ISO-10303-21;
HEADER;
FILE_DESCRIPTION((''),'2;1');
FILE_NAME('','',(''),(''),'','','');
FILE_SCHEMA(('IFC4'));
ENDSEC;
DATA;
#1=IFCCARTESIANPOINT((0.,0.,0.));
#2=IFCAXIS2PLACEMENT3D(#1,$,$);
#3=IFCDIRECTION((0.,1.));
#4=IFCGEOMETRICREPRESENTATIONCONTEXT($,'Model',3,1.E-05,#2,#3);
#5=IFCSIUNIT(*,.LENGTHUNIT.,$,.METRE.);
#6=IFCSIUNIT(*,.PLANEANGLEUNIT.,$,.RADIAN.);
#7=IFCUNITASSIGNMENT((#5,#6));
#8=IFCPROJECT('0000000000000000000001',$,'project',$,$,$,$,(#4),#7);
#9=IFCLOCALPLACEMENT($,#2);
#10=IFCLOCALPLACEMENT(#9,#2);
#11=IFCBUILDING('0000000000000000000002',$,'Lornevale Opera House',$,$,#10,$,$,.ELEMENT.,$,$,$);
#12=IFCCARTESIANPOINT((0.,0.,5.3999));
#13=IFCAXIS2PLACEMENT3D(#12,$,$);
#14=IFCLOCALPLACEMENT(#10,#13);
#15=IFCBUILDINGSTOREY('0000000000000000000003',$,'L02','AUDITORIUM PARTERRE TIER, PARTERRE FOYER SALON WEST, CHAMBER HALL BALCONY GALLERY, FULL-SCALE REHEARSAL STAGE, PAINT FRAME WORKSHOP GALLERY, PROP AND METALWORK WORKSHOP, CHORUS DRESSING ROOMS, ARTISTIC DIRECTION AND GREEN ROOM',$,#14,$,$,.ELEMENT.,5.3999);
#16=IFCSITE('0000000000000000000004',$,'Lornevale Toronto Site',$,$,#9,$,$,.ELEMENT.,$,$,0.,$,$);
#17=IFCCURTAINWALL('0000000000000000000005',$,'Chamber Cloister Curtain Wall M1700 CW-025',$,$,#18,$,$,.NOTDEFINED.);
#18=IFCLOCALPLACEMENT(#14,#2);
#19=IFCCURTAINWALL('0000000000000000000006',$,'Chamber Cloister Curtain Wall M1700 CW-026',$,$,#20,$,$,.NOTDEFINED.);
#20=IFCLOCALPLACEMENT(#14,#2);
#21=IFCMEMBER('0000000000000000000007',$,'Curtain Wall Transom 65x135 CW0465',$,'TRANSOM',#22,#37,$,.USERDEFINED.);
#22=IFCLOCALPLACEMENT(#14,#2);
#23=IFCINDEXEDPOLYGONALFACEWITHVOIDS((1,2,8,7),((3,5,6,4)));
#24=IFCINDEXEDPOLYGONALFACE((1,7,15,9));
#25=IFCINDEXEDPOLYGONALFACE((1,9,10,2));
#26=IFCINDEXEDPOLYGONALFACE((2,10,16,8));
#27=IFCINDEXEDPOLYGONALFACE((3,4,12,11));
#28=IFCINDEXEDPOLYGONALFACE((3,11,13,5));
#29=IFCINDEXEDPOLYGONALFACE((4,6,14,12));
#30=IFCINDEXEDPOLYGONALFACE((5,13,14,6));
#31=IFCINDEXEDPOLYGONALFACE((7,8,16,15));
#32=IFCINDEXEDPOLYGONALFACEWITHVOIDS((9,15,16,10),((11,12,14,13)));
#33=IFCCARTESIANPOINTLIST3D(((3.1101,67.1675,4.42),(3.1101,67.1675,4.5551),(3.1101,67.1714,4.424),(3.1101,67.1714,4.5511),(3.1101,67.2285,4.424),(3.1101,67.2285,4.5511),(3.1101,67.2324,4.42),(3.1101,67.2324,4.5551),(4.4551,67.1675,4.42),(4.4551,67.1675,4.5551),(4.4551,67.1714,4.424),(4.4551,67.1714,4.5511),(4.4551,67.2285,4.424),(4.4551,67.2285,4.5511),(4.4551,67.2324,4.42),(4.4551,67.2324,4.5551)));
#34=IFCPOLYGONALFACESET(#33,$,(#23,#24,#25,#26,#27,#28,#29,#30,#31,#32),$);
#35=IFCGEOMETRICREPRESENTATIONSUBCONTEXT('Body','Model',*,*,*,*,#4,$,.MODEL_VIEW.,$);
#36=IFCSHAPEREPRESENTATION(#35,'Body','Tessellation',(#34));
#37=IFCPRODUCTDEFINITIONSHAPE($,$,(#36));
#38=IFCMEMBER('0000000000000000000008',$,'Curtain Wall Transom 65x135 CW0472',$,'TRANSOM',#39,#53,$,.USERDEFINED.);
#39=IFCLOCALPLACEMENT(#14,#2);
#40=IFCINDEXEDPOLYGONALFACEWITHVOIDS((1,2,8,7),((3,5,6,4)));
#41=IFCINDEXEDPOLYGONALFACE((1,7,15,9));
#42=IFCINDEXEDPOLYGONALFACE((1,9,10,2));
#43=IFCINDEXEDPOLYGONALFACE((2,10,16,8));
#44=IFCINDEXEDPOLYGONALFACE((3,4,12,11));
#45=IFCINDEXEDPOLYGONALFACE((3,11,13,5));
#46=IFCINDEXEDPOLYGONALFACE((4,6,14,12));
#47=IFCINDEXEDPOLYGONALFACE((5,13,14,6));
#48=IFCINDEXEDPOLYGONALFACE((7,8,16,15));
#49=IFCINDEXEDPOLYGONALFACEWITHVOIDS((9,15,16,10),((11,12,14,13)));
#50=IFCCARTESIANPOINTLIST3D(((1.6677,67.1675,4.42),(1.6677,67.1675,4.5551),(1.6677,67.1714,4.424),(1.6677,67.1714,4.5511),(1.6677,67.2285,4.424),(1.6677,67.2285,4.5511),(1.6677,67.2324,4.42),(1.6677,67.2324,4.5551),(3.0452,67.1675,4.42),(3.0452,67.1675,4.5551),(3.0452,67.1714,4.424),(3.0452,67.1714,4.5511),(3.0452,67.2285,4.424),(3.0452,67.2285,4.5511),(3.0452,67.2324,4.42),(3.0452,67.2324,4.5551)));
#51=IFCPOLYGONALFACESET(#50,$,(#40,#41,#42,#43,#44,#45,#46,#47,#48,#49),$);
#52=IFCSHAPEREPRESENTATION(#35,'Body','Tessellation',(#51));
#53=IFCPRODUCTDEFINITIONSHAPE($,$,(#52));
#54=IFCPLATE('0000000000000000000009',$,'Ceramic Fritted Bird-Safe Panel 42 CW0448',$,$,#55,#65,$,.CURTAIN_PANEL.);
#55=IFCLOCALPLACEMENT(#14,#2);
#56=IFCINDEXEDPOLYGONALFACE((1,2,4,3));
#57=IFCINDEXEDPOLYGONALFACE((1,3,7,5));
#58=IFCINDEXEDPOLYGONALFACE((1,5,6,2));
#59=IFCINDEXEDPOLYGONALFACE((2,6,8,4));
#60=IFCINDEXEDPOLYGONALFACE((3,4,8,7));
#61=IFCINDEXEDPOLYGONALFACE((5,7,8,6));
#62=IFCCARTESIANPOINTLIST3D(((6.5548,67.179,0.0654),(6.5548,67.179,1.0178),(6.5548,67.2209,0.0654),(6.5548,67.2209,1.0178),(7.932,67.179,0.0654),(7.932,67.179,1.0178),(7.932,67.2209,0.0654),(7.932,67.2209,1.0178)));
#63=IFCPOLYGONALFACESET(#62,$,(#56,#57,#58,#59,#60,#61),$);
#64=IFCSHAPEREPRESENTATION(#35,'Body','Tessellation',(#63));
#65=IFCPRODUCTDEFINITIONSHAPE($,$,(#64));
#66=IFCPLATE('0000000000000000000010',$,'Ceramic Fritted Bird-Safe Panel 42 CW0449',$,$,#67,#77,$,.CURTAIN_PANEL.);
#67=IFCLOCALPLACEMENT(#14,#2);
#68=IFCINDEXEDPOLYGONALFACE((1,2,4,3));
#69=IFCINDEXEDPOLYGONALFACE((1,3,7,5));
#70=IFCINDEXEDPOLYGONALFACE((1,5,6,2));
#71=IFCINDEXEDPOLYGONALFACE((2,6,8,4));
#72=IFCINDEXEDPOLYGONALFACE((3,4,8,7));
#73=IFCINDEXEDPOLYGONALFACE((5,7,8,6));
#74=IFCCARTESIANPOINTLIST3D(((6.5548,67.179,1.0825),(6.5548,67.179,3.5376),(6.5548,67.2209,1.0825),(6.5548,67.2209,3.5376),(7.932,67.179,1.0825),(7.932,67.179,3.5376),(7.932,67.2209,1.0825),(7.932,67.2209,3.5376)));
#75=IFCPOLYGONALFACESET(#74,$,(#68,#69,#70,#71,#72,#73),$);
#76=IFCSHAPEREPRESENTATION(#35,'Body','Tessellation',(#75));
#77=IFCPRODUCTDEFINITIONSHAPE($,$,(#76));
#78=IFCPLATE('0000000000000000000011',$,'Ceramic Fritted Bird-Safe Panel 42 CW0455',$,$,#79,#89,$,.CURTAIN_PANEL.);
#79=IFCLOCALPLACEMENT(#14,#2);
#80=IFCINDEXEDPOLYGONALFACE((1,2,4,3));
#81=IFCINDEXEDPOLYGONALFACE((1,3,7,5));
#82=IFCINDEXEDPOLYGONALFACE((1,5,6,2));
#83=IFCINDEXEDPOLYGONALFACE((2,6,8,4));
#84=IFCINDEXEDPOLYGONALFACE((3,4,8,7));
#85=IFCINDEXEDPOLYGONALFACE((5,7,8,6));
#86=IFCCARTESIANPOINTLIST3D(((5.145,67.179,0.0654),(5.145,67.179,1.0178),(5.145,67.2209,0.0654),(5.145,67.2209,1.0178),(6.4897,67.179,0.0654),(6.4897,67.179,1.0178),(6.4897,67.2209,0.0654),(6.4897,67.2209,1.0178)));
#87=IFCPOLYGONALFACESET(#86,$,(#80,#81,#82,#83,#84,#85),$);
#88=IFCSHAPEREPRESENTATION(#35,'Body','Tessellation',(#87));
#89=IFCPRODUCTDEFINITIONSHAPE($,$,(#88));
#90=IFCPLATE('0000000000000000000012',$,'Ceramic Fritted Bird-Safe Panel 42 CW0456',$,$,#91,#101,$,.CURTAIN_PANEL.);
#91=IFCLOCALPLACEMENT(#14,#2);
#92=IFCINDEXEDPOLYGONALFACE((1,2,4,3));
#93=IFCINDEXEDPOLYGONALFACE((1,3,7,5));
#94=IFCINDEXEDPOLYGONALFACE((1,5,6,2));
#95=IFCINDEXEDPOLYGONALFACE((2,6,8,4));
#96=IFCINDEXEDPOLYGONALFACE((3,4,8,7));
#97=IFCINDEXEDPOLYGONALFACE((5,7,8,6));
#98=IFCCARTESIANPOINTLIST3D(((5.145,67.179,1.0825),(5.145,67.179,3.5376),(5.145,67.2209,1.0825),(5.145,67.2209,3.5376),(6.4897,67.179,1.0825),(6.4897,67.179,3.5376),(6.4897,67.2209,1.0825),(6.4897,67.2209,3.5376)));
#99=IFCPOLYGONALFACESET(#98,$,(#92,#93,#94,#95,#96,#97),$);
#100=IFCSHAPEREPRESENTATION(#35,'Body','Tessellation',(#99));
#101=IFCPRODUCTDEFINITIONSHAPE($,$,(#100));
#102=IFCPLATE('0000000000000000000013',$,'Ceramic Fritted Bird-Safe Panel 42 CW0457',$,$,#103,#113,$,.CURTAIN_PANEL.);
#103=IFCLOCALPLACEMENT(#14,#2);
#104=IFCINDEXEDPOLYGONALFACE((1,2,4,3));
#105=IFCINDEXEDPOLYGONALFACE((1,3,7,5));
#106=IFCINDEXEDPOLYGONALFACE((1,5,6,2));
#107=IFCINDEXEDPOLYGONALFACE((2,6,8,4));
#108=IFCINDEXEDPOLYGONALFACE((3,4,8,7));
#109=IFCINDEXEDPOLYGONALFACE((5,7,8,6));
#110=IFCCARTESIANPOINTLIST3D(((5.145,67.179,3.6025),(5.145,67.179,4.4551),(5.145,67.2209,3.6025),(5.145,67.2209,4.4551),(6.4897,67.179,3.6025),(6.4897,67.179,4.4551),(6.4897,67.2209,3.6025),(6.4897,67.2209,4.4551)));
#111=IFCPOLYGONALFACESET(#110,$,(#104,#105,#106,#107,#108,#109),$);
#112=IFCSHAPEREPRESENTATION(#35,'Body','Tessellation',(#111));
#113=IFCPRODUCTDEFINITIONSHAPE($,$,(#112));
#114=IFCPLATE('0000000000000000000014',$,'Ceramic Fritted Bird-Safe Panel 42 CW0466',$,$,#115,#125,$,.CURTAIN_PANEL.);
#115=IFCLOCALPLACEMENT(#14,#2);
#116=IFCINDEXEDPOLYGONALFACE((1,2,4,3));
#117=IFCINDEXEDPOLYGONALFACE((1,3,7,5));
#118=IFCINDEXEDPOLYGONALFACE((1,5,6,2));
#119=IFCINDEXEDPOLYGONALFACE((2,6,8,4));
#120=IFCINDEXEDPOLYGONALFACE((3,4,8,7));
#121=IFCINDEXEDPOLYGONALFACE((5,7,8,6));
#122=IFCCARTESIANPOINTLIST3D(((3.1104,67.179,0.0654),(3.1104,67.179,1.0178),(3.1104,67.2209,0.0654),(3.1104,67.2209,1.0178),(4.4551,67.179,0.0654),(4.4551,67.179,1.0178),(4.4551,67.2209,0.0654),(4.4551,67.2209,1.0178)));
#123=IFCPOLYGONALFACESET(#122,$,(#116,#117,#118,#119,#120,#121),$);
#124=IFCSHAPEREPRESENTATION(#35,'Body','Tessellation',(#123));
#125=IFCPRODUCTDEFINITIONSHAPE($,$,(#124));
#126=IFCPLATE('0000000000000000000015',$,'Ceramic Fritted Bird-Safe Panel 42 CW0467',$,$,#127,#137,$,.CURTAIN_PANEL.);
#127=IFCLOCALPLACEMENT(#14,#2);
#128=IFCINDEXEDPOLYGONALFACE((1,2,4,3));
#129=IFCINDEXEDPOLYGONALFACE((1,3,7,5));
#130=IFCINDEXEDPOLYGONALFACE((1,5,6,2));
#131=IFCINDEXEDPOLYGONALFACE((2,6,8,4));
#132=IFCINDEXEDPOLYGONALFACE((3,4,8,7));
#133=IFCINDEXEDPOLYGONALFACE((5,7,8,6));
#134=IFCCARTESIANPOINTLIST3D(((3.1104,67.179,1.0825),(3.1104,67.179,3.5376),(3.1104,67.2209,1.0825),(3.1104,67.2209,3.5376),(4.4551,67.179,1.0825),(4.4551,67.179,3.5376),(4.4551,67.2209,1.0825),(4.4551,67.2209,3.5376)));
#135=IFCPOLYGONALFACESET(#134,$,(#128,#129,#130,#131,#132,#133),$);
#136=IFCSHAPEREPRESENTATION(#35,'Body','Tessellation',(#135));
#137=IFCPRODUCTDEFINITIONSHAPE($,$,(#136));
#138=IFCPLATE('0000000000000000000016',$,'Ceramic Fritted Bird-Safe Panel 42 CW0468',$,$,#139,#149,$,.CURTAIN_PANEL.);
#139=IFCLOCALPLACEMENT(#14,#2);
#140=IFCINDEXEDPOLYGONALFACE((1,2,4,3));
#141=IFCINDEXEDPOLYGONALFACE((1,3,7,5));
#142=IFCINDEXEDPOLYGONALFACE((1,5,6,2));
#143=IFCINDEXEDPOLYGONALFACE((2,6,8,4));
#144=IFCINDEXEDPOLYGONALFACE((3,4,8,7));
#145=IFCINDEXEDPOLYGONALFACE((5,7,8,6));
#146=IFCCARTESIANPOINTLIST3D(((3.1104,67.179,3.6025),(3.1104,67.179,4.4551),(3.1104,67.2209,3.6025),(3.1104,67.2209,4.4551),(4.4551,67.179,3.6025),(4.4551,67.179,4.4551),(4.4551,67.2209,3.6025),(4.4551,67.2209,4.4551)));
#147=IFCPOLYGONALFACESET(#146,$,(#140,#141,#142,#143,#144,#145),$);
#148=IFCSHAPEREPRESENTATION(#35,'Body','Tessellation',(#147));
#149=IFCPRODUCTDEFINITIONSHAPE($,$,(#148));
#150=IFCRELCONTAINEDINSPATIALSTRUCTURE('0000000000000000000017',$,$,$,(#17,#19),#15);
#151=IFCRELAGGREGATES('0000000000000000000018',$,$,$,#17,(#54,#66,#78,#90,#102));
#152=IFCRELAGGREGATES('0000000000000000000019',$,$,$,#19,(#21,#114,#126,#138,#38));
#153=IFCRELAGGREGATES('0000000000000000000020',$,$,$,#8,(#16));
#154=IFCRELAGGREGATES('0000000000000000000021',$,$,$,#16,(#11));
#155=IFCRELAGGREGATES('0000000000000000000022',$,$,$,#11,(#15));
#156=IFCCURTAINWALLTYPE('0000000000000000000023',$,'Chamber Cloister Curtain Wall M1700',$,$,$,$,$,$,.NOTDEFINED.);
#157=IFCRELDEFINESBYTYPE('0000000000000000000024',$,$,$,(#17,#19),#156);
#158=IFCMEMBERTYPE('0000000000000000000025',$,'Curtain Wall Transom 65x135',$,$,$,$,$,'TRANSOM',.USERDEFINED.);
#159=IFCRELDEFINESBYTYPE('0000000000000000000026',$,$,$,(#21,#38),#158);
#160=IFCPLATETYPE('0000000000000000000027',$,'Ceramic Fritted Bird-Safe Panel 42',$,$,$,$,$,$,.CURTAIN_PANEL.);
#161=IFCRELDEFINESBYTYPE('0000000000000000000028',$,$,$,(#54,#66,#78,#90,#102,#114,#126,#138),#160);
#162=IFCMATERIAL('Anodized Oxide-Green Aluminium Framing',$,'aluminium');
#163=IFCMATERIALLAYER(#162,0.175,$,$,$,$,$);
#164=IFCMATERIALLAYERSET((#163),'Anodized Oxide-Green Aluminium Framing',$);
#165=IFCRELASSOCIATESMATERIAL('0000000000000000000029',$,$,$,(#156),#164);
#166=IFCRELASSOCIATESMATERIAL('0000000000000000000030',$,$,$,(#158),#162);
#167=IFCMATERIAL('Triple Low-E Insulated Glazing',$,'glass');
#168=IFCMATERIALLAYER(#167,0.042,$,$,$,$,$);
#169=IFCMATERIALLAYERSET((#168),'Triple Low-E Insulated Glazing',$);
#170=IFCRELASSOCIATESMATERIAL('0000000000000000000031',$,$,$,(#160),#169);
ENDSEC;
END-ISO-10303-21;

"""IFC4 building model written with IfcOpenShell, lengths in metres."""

from ifc_helpers import new_model, si_unit, direction, frame, origin, origin_2d, place, context, subcontext, project, spatial, rectangle, hollow_rectangle, extrude, material, layer, layer_set, material_profile, profile_set, type_object, element, aggregate, save


model = new_model("IFC4")

# Units and contexts
model_context = context("Model", 3, precision=1e-05, world=origin(), true_north=direction((0.0, 1.0)))
body_context = subcontext(model_context, "Body", "Model", "MODEL_VIEW")
ifc_project = project(units=[si_unit("LENGTHUNIT", "METRE"), si_unit("PLANEANGLEUNIT", "RADIAN")], contexts=[model_context])

# Site, building, storey
site_placement = place(None, origin())
site = spatial("IfcSite", under=ifc_project, at=site_placement, Name="Lornevale Toronto Site", CompositionType="ELEMENT", RefElevation=0.0)
building_placement = place(site_placement, origin())
building = spatial("IfcBuilding", under=site, at=building_placement, Name="Lornevale Opera House", CompositionType="ELEMENT")
storey_placement = place(building_placement, frame((0.0, 0.0, 5.3999)))
storey = spatial("IfcBuildingStorey", under=building, at=storey_placement, Name="L02", Description="AUDITORIUM PARTERRE TIER, PARTERRE FOYER SALON WEST, CHAMBER HALL BALCONY GALLERY, FULL-SCALE REHEARSAL STAGE, PAINT FRAME WORKSHOP GALLERY, PROP AND METALWORK WORKSHOP, CHORUS DRESSING ROOMS, ARTISTIC DIRECTION AND GREEN ROOM", CompositionType="ELEMENT", Elevation=5.3999)

# Curtain walls
ifc_material_1 = material(Name="Anodized Oxide-Green Aluminium Framing", Category="aluminium")
ifc_layer_1 = layer(ifc_material_1, 0.175)
ifc_layer_set_1 = layer_set([ifc_layer_1], Name="Anodized Oxide-Green Aluminium Framing")
curtain_wall_type = type_object("IfcCurtainWallType", Name="Chamber Cloister Curtain Wall M1700", PredefinedType="NOTDEFINED", material=ifc_layer_set_1)
curtain_wall_1_placement = place(storey_placement, origin())
curtain_wall_1 = element("IfcCurtainWall", 1, at=curtain_wall_1_placement, inside=storey, type_object=curtain_wall_type, Name="Chamber Cloister Curtain Wall M1700 CW-025", PredefinedType="NOTDEFINED")
curtain_wall_2_placement = place(storey_placement, origin())
curtain_wall_2 = element("IfcCurtainWall", 2, at=curtain_wall_2_placement, inside=storey, type_object=curtain_wall_type, Name="Chamber Cloister Curtain Wall M1700 CW-026", PredefinedType="NOTDEFINED")

# Members
ifc_material_profile_1 = material_profile(ifc_material_1, hollow_rectangle(XDim=0.0649, YDim=0.135, WallThickness=0.0039, at=origin_2d()), Name="ALU65x135x4")
ifc_profile_set_1 = profile_set([ifc_material_profile_1], Name="Anodized Oxide-Green Aluminium Framing")
member_type_1 = type_object("IfcMemberType", Name="Curtain Wall Transom 65x135", ElementType="TRANSOM", PredefinedType="USERDEFINED", material=ifc_profile_set_1)
member_1_placement = place(storey_placement, frame((4.4551, 67.2, 4.4875), z_axis=(-1.0, 0.0, 0.0), x_axis=(0.0, -1.0, 0.0)))
member_1 = element("IfcMember", 3, at=member_1_placement, type_object=member_type_1, Name="Curtain Wall Transom 65x135 CW0465", ObjectType="TRANSOM", PredefinedType="USERDEFINED", context=body_context, shape_type="SweptSolid", body=[
    extrude(hollow_rectangle(XDim=0.0649, YDim=0.135, WallThickness=0.0039, at=origin_2d()), origin(), (0.0, 0.0, 1.0), 1.345),
])
member_2_placement = place(storey_placement, frame((3.0452, 67.2, 4.4875), z_axis=(-1.0, 0.0, 0.0), x_axis=(0.0, -1.0, 0.0)))
member_2 = element("IfcMember", 4, at=member_2_placement, type_object=member_type_1, Name="Curtain Wall Transom 65x135 CW0472", ObjectType="TRANSOM", PredefinedType="USERDEFINED", context=body_context, shape_type="SweptSolid", body=[
    extrude(hollow_rectangle(XDim=0.0649, YDim=0.135, WallThickness=0.0039, at=origin_2d()), origin(), (0.0, 0.0, 1.0), 1.3774),
])

# Plates
ifc_material_2 = material(Name="Triple Low-E Insulated Glazing", Category="glass")
ifc_layer_2 = layer(ifc_material_2, 0.042)
ifc_layer_set_2 = layer_set([ifc_layer_2], Name="Triple Low-E Insulated Glazing")
plate_type = type_object("IfcPlateType", Name="Ceramic Fritted Bird-Safe Panel 42", PredefinedType="CURTAIN_PANEL", material=ifc_layer_set_2)
plate_1_placement = place(storey_placement, frame((7.2434, 67.2, 0.0654), z_axis=(0.0, 0.0, 1.0), x_axis=(-1.0, 0.0, 0.0)))
plate_1 = element("IfcPlate", 5, at=plate_1_placement, type_object=plate_type, Name="Ceramic Fritted Bird-Safe Panel 42 CW0448", PredefinedType="CURTAIN_PANEL", context=body_context, shape_type="SweptSolid", body=[
    extrude(rectangle(XDim=1.3772, YDim=0.042, at=origin_2d()), origin(), (0.0, 0.0, 1.0), 0.9524),
])
plate_2_placement = place(storey_placement, frame((7.2434, 67.2, 1.0825), z_axis=(0.0, 0.0, 1.0), x_axis=(-1.0, 0.0, 0.0)))
plate_2 = element("IfcPlate", 6, at=plate_2_placement, type_object=plate_type, Name="Ceramic Fritted Bird-Safe Panel 42 CW0449", PredefinedType="CURTAIN_PANEL", context=body_context, shape_type="SweptSolid", body=[
    extrude(rectangle(XDim=1.3772, YDim=0.042, at=origin_2d()), origin(), (0.0, 0.0, 1.0), 2.4551),
])
plate_3_placement = place(storey_placement, frame((5.8174, 67.2, 0.0654), z_axis=(0.0, 0.0, 1.0), x_axis=(-1.0, 0.0, 0.0)))
plate_3 = element("IfcPlate", 7, at=plate_3_placement, type_object=plate_type, Name="Ceramic Fritted Bird-Safe Panel 42 CW0455", PredefinedType="CURTAIN_PANEL", context=body_context, shape_type="SweptSolid", body=[
    extrude(rectangle(XDim=1.3447, YDim=0.042, at=origin_2d()), origin(), (0.0, 0.0, 1.0), 0.9524),
])
plate_4_placement = place(storey_placement, frame((5.8174, 67.2, 1.0825), z_axis=(0.0, 0.0, 1.0), x_axis=(-1.0, 0.0, 0.0)))
plate_4 = element("IfcPlate", 8, at=plate_4_placement, type_object=plate_type, Name="Ceramic Fritted Bird-Safe Panel 42 CW0456", PredefinedType="CURTAIN_PANEL", context=body_context, shape_type="SweptSolid", body=[
    extrude(rectangle(XDim=1.3447, YDim=0.042, at=origin_2d()), origin(), (0.0, 0.0, 1.0), 2.4551),
])
plate_5_placement = place(storey_placement, frame((5.8174, 67.2, 3.6025), z_axis=(0.0, 0.0, 1.0), x_axis=(-1.0, 0.0, 0.0)))
plate_5 = element("IfcPlate", 9, at=plate_5_placement, type_object=plate_type, Name="Ceramic Fritted Bird-Safe Panel 42 CW0457", PredefinedType="CURTAIN_PANEL", context=body_context, shape_type="SweptSolid", body=[
    extrude(rectangle(XDim=1.3447, YDim=0.042, at=origin_2d()), origin(), (0.0, 0.0, 1.0), 0.8525),
])
aggregate(curtain_wall_1, [plate_1, plate_2, plate_3, plate_4, plate_5])
plate_6_placement = place(storey_placement, frame((3.7827, 67.2, 0.0654), z_axis=(0.0, 0.0, 1.0), x_axis=(-1.0, 0.0, 0.0)))
plate_6 = element("IfcPlate", 10, at=plate_6_placement, type_object=plate_type, Name="Ceramic Fritted Bird-Safe Panel 42 CW0466", PredefinedType="CURTAIN_PANEL", context=body_context, shape_type="SweptSolid", body=[
    extrude(rectangle(XDim=1.3447, YDim=0.042, at=origin_2d()), origin(), (0.0, 0.0, 1.0), 0.9524),
])
plate_7_placement = place(storey_placement, frame((3.7827, 67.2, 1.0825), z_axis=(0.0, 0.0, 1.0), x_axis=(-1.0, 0.0, 0.0)))
plate_7 = element("IfcPlate", 11, at=plate_7_placement, type_object=plate_type, Name="Ceramic Fritted Bird-Safe Panel 42 CW0467", PredefinedType="CURTAIN_PANEL", context=body_context, shape_type="SweptSolid", body=[
    extrude(rectangle(XDim=1.3447, YDim=0.042, at=origin_2d()), origin(), (0.0, 0.0, 1.0), 2.4551),
])
plate_8_placement = place(storey_placement, frame((3.7827, 67.2, 3.6025), z_axis=(0.0, 0.0, 1.0), x_axis=(-1.0, 0.0, 0.0)))
plate_8 = element("IfcPlate", 12, at=plate_8_placement, type_object=plate_type, Name="Ceramic Fritted Bird-Safe Panel 42 CW0468", PredefinedType="CURTAIN_PANEL", context=body_context, shape_type="SweptSolid", body=[
    extrude(rectangle(XDim=1.3447, YDim=0.042, at=origin_2d()), origin(), (0.0, 0.0, 1.0), 0.8525),
])
aggregate(curtain_wall_2, [member_1, plate_6, plate_7, plate_8, member_2])

save(model, "model.ifc")
